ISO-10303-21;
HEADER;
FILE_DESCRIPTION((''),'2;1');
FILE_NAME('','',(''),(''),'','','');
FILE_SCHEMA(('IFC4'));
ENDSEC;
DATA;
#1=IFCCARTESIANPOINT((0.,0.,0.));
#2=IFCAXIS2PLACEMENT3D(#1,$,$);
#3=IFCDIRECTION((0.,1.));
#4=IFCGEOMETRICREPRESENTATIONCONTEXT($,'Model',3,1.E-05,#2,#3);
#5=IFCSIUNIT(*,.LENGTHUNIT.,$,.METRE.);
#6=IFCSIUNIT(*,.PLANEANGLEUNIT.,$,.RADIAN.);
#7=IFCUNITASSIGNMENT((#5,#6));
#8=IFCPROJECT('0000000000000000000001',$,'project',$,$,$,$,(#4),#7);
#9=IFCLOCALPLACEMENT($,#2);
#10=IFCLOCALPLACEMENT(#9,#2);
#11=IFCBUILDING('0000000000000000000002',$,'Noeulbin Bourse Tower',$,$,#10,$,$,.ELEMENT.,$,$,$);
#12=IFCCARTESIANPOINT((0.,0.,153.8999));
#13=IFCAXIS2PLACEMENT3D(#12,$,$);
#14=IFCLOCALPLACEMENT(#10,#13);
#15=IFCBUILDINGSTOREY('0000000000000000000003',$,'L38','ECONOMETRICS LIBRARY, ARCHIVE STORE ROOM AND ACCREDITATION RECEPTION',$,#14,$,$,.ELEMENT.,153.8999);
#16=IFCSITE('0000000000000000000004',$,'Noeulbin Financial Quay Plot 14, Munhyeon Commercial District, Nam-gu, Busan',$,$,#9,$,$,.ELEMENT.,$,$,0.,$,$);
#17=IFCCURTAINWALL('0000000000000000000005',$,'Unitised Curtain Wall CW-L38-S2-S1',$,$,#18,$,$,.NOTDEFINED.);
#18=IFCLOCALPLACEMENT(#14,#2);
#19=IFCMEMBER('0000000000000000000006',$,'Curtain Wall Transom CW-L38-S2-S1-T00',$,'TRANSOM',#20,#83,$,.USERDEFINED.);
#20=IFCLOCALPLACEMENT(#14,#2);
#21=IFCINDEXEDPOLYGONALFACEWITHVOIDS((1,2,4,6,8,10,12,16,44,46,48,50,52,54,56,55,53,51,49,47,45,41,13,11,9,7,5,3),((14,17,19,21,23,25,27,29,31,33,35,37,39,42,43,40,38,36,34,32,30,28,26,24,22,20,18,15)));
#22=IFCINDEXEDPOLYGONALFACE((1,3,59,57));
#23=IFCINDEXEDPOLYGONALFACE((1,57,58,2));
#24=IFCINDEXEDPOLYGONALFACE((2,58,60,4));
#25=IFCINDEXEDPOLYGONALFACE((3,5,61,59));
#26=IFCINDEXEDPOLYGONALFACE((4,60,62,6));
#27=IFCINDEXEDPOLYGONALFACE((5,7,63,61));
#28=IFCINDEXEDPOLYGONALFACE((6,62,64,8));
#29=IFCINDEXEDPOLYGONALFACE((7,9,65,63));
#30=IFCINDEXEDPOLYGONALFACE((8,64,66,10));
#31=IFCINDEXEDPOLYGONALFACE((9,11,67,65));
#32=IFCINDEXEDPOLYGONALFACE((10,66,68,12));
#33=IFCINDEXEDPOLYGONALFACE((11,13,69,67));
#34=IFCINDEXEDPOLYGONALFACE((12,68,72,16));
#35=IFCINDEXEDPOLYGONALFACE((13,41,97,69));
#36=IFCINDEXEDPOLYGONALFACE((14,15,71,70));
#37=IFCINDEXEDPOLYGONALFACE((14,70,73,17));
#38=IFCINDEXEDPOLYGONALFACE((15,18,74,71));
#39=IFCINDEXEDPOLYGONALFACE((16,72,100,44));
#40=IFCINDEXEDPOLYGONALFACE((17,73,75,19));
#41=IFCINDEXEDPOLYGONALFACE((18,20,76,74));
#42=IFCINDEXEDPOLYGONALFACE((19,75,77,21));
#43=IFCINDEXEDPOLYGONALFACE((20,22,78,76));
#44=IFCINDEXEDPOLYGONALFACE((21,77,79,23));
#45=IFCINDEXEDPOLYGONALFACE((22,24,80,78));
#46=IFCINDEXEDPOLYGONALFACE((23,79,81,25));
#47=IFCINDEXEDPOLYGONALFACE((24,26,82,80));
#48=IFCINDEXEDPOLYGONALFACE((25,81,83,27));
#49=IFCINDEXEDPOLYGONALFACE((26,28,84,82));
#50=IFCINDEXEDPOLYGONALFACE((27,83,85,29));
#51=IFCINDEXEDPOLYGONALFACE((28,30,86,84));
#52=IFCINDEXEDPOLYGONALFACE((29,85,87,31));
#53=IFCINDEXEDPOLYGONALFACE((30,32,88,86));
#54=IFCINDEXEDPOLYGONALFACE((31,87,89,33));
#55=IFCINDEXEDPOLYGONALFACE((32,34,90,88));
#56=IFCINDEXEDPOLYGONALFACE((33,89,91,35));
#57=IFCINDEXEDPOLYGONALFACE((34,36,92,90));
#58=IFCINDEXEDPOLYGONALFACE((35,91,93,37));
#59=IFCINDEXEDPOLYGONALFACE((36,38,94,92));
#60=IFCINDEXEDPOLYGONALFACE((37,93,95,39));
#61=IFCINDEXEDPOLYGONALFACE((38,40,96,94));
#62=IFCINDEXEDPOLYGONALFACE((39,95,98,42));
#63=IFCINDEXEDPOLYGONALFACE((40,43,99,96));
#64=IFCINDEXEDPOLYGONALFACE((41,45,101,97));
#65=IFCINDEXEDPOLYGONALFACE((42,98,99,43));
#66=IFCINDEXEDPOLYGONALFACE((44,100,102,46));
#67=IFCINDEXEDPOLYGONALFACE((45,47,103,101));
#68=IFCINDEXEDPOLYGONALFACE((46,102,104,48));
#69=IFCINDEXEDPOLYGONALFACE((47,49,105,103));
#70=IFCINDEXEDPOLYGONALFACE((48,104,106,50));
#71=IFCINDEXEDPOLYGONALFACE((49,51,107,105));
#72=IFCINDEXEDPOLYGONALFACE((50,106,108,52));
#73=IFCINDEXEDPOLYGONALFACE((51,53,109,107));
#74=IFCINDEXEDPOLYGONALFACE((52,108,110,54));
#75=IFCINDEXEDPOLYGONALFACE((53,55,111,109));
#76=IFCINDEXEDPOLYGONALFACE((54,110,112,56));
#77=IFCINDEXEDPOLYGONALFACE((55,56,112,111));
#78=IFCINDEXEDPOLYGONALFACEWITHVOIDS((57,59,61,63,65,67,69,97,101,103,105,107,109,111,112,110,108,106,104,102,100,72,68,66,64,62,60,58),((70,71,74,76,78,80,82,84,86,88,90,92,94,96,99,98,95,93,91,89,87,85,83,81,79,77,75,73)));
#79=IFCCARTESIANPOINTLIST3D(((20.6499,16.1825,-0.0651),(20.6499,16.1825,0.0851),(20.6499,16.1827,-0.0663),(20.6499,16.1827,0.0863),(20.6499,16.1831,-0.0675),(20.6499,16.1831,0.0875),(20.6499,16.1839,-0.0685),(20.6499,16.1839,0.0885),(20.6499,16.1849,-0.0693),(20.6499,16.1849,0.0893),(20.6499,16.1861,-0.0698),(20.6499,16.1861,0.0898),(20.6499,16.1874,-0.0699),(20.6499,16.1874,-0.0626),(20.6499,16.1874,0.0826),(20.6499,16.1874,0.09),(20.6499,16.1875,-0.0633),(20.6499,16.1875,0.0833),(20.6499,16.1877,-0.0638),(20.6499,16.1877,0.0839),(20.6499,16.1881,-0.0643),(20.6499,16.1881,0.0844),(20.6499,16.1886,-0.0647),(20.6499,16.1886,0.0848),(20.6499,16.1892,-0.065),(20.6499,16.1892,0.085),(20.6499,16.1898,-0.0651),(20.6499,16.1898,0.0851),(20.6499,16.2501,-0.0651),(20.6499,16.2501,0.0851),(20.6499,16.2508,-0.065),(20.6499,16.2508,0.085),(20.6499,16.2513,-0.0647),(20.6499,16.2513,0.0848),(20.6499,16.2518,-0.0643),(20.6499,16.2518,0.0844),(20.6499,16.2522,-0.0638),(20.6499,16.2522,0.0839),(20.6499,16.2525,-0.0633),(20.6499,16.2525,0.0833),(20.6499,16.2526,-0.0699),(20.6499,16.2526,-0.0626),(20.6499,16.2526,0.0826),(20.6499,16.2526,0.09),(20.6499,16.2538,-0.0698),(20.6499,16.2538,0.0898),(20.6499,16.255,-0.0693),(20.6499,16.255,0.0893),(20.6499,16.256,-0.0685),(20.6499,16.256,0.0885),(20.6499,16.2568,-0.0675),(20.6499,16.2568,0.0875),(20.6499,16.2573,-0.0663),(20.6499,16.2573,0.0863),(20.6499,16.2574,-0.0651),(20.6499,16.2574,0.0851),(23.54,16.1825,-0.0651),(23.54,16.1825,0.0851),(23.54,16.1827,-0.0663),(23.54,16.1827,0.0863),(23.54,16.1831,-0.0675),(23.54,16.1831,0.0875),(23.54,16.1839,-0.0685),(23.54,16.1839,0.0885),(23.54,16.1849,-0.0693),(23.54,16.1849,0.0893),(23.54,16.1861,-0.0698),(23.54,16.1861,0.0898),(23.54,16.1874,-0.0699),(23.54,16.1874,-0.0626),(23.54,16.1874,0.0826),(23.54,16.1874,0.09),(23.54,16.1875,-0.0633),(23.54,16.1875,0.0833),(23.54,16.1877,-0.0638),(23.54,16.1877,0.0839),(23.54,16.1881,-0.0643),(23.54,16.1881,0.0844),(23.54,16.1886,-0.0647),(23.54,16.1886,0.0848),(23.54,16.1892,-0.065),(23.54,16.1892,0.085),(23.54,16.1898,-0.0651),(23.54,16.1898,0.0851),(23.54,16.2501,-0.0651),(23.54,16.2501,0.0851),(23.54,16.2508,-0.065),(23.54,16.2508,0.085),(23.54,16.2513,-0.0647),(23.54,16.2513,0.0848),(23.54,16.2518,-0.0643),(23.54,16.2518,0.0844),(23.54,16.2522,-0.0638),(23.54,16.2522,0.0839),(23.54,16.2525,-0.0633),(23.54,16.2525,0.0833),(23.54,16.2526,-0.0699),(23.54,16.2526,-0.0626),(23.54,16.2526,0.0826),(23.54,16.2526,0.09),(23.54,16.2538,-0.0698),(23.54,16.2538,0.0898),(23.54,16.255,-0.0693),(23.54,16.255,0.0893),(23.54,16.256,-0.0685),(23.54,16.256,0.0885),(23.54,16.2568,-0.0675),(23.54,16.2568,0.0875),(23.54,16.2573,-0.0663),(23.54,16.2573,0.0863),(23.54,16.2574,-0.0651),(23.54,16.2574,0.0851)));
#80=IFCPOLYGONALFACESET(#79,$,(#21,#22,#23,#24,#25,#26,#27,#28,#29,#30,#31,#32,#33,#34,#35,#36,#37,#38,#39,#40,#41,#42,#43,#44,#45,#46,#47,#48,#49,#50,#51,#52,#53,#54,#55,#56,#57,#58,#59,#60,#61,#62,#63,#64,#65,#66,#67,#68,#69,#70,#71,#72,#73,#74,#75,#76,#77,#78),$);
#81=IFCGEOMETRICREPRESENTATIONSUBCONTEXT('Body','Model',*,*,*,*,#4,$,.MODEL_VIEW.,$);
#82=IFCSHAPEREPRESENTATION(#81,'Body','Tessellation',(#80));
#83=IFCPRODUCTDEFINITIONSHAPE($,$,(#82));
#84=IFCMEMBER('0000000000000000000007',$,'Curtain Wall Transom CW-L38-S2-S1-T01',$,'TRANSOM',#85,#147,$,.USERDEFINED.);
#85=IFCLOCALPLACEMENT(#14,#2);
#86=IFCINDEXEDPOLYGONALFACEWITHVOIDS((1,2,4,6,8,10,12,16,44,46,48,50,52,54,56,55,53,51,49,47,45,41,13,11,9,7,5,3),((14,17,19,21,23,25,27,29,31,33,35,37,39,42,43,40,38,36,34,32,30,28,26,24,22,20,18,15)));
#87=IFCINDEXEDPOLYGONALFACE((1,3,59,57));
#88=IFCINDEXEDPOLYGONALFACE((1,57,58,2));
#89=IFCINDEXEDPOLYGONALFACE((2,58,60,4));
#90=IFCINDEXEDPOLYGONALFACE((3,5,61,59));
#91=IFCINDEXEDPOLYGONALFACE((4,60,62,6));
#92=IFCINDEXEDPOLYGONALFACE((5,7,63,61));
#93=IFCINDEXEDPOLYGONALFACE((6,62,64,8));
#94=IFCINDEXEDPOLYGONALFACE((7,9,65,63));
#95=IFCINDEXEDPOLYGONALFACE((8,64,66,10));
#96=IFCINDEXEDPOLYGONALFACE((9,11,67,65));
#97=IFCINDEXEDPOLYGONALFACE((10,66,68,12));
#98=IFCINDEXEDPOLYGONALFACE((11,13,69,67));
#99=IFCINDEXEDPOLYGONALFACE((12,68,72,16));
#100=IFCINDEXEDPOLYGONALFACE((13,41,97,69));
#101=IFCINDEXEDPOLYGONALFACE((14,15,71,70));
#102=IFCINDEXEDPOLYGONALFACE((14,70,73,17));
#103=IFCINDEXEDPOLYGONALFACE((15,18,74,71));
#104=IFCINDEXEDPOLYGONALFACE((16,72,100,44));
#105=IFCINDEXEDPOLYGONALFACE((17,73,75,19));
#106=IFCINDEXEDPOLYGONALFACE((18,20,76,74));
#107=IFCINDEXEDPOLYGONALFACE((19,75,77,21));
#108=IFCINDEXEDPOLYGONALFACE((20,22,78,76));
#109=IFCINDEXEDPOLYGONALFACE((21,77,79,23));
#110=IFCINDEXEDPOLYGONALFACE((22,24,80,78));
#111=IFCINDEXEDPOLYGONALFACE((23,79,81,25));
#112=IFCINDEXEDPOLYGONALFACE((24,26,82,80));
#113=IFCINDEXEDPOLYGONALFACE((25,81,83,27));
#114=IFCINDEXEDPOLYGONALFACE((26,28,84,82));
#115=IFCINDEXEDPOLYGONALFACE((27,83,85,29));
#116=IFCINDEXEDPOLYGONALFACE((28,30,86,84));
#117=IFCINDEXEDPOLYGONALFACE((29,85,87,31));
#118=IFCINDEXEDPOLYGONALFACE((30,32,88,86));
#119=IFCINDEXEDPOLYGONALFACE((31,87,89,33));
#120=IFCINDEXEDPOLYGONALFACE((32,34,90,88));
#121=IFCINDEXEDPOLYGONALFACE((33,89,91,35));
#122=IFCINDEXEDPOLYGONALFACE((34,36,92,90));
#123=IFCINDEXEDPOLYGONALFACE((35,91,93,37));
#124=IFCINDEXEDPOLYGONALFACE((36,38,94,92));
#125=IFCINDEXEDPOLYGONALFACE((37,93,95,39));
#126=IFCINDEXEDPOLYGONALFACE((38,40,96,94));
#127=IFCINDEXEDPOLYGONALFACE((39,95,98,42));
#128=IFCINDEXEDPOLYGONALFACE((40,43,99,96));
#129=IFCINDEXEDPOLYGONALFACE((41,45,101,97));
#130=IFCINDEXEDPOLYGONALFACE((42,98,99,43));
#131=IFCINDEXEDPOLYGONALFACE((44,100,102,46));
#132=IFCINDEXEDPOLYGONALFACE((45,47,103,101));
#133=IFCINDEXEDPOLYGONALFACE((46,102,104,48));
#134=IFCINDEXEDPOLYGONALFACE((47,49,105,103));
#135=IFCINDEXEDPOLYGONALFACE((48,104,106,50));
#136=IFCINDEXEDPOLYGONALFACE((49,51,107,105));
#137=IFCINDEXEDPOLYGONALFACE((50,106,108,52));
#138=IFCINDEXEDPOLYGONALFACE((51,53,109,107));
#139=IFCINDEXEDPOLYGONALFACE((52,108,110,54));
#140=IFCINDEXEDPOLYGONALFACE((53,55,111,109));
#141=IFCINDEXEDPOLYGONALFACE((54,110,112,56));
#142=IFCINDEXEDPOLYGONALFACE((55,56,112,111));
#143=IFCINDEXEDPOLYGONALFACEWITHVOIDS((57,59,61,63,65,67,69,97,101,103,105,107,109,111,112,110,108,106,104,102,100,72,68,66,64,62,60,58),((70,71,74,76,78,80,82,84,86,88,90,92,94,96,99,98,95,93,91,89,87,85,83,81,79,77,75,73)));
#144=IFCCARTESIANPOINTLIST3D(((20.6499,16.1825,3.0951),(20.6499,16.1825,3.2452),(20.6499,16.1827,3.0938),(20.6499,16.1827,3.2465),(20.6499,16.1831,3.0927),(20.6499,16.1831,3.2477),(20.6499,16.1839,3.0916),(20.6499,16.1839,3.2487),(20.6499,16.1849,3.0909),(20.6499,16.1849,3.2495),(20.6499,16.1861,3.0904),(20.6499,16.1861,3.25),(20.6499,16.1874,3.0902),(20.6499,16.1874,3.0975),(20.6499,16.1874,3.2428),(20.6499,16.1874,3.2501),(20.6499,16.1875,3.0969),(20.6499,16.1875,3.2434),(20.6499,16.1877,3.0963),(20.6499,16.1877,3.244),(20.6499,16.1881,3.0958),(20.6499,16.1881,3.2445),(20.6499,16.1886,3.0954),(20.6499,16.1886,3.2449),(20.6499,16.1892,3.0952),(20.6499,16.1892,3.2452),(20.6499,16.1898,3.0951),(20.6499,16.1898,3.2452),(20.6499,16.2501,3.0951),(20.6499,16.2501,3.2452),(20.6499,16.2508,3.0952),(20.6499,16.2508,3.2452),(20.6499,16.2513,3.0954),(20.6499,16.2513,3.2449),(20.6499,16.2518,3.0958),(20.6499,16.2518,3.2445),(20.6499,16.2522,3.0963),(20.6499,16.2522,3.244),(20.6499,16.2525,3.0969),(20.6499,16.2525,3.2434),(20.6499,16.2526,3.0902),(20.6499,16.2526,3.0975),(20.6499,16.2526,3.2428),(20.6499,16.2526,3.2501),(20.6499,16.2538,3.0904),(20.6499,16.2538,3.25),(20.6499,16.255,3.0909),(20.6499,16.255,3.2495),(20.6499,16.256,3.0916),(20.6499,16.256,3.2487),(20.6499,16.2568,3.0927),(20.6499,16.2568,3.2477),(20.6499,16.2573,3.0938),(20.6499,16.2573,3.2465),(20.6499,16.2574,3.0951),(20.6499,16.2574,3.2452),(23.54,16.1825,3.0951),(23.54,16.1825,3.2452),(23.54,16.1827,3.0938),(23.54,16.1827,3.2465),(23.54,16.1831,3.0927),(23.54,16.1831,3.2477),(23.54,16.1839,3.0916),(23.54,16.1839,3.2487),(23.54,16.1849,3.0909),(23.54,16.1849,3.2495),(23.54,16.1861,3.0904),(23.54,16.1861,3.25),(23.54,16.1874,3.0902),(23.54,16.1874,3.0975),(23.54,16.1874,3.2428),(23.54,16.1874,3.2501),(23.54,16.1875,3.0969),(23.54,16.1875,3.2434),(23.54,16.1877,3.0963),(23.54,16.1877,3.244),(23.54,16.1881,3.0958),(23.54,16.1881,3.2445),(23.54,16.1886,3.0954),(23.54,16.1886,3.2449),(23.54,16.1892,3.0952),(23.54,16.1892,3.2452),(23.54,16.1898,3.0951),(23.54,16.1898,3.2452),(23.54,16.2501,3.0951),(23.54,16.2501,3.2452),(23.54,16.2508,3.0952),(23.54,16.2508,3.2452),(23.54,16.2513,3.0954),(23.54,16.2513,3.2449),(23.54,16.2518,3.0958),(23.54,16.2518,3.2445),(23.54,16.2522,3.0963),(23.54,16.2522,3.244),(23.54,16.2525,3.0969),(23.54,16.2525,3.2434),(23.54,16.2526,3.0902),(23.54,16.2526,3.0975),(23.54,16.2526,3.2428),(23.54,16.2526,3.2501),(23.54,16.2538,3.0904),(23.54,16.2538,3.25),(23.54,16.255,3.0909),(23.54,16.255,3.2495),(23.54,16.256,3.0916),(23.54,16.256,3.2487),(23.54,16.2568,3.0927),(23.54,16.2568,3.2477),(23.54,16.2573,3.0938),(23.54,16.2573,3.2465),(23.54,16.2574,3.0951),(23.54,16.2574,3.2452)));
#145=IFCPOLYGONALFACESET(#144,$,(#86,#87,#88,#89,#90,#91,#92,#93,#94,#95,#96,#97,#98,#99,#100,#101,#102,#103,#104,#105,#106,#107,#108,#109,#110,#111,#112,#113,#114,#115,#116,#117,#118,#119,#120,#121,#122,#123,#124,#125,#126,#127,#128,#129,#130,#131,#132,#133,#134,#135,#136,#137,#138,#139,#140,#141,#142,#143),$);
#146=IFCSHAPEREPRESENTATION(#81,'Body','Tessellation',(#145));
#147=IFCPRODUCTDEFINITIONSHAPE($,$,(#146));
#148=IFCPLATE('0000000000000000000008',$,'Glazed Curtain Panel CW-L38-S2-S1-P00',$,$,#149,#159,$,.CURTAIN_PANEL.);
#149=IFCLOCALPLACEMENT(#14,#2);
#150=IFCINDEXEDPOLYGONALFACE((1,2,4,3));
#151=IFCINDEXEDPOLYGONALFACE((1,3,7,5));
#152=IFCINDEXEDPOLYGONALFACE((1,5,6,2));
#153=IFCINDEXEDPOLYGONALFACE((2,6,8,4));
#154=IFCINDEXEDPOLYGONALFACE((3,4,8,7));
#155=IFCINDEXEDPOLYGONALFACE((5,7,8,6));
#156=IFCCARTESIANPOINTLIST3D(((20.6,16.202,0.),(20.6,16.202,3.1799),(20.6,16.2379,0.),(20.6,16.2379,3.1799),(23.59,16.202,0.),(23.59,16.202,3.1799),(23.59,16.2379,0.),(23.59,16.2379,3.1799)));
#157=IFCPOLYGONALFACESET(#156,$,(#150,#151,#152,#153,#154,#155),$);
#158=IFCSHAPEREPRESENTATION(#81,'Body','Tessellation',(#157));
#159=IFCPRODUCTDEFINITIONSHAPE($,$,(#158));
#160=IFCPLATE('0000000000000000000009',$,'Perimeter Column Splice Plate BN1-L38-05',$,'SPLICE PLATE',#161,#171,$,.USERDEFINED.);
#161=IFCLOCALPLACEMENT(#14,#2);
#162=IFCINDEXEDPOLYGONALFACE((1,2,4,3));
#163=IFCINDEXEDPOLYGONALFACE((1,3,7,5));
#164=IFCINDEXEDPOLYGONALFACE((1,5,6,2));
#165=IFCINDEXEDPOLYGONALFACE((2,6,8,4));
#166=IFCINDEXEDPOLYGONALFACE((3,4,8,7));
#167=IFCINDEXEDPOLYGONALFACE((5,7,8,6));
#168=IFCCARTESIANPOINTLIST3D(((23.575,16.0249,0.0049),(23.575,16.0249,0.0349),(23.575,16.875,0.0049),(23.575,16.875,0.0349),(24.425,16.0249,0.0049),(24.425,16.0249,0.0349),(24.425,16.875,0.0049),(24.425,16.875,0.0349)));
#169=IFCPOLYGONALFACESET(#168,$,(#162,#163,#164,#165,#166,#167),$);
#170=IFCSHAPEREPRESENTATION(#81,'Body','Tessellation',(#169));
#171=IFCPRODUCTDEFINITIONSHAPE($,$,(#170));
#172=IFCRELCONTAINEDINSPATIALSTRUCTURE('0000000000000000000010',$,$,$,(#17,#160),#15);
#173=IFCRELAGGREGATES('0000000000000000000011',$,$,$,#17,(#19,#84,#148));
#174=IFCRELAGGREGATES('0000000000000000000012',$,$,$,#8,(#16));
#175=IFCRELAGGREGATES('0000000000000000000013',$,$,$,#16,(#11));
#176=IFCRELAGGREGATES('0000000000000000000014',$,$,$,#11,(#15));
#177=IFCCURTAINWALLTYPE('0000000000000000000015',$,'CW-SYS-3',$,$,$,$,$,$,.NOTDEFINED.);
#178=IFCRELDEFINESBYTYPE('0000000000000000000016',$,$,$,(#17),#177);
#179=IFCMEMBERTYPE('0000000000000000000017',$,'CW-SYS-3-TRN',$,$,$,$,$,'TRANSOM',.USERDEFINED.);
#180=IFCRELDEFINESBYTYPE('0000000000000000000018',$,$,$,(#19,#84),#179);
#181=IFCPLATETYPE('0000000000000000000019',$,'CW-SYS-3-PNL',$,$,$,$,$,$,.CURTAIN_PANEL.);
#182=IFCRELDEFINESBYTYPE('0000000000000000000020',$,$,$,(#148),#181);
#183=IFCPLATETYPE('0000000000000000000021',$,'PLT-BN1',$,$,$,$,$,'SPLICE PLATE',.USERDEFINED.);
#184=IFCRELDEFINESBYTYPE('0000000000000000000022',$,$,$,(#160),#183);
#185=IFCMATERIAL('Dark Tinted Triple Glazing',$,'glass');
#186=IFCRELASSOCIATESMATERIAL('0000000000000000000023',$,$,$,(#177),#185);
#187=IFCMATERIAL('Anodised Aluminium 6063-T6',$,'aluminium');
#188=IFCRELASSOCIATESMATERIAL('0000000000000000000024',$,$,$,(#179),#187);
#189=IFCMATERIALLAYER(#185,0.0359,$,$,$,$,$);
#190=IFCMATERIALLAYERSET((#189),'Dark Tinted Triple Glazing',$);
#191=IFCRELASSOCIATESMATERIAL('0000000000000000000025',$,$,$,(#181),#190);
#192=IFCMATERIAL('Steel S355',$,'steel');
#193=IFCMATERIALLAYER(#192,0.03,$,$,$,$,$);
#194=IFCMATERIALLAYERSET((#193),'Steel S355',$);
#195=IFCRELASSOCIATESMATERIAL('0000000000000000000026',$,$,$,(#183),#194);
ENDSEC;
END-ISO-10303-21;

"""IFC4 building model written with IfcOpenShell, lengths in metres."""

from ifc_helpers import new_model, si_unit, direction, frame, origin, origin_2d, place, context, subcontext, project, spatial, rectangle, hollow_rectangle, extrude, material, layer, layer_set, material_profile, profile_set, type_object, element, aggregate, save


model = new_model("IFC4")

# Units and contexts
model_context = context("Model", 3, precision=1e-05, world=origin(), true_north=direction((0.0, 1.0)))
body_context = subcontext(model_context, "Body", "Model", "MODEL_VIEW")
ifc_project = project(units=[si_unit("LENGTHUNIT", "METRE"), si_unit("PLANEANGLEUNIT", "RADIAN")], contexts=[model_context])

# Site, building, storey
site_placement = place(None, origin())
site = spatial("IfcSite", under=ifc_project, at=site_placement, Name="Noeulbin Financial Quay Plot 14, Munhyeon Commercial District, Nam-gu, Busan", CompositionType="ELEMENT", RefElevation=0.0)
building_placement = place(site_placement, origin())
building = spatial("IfcBuilding", under=site, at=building_placement, Name="Noeulbin Bourse Tower", CompositionType="ELEMENT")
storey_placement = place(building_placement, frame((0.0, 0.0, 153.8999)))
storey = spatial("IfcBuildingStorey", under=building, at=storey_placement, Name="L38", Description="ECONOMETRICS LIBRARY, ARCHIVE STORE ROOM AND ACCREDITATION RECEPTION", CompositionType="ELEMENT", Elevation=153.8999)

# Shared definitions
ifc_material_1 = material(Name="Steel S355", Category="steel")

# Curtain wall, members, plate
ifc_material_2 = material(Name="Dark Tinted Triple Glazing", Category="glass")
curtain_wall_type = type_object("IfcCurtainWallType", Name="CW-SYS-3", PredefinedType="NOTDEFINED", material=ifc_material_2)
curtain_wall_placement = place(storey_placement, origin())
curtain_wall = element("IfcCurtainWall", 1, at=curtain_wall_placement, inside=storey, type_object=curtain_wall_type, Name="Unitised Curtain Wall CW-L38-S2-S1", PredefinedType="NOTDEFINED")
ifc_material_3 = material(Name="Anodised Aluminium 6063-T6", Category="aluminium")
ifc_material_profile_1 = material_profile(ifc_material_3, hollow_rectangle(XDim=0.075, YDim=0.1599, WallThickness=0.0049, InnerFilletRadius=0.0024, OuterFilletRadius=0.0049, at=origin_2d()), Name="ALU-TRAN-75x160x5", Category="LoadBearing")
ifc_profile_set_1 = profile_set([ifc_material_profile_1], Name="Anodised Aluminium 6063-T6")
member_type_1 = type_object("IfcMemberType", Name="CW-SYS-3-TRN", ElementType="TRANSOM", PredefinedType="USERDEFINED", material=ifc_profile_set_1)
member_1_placement = place(storey_placement, frame((20.6499, 16.22, 0.01), z_axis=(1.0, 0.0, 0.0), x_axis=(0.0, 1.0, 0.0)))
member_1 = element("IfcMember", 2, at=member_1_placement, type_object=member_type_1, Name="Curtain Wall Transom CW-L38-S2-S1-T00", ObjectType="TRANSOM", PredefinedType="USERDEFINED", context=body_context, shape_type="SweptSolid", body=[
    extrude(hollow_rectangle(XDim=0.075, YDim=0.1599, WallThickness=0.0049, InnerFilletRadius=0.0024, OuterFilletRadius=0.0049, at=origin_2d()), origin(), (0.0, 0.0, 1.0), 2.8901),
])
member_2_placement = place(storey_placement, frame((20.6499, 16.22, 3.1702), z_axis=(1.0, 0.0, 0.0), x_axis=(0.0, 1.0, 0.0)))
member_2 = element("IfcMember", 3, at=member_2_placement, type_object=member_type_1, Name="Curtain Wall Transom CW-L38-S2-S1-T01", ObjectType="TRANSOM", PredefinedType="USERDEFINED", context=body_context, shape_type="SweptSolid", body=[
    extrude(hollow_rectangle(XDim=0.075, YDim=0.1599, WallThickness=0.0049, InnerFilletRadius=0.0024, OuterFilletRadius=0.0049, at=origin_2d()), origin(), (0.0, 0.0, 1.0), 2.8901),
])
ifc_layer_1 = layer(ifc_material_2, 0.0359)
ifc_layer_set_1 = layer_set([ifc_layer_1], Name="Dark Tinted Triple Glazing")
plate_type_1 = type_object("IfcPlateType", Name="CW-SYS-3-PNL", PredefinedType="CURTAIN_PANEL", material=ifc_layer_set_1)
plate_1_placement = place(storey_placement, frame((22.095, 16.22, 0.0), z_axis=(0.0, 0.0, 1.0), x_axis=(1.0, 0.0, 0.0)))
plate_1 = element("IfcPlate", 4, at=plate_1_placement, type_object=plate_type_1, Name="Glazed Curtain Panel CW-L38-S2-S1-P00", PredefinedType="CURTAIN_PANEL", context=body_context, shape_type="SweptSolid", body=[
    extrude(rectangle(XDim=2.99, YDim=0.0359, at=origin_2d()), origin(), (0.0, 0.0, 1.0), 3.1799),
])
aggregate(curtain_wall, [member_1, member_2, plate_1])

# Plate
ifc_layer_2 = layer(ifc_material_1, 0.03)
ifc_layer_set_2 = layer_set([ifc_layer_2], Name="Steel S355")
plate_type_2 = type_object("IfcPlateType", Name="PLT-BN1", ElementType="SPLICE PLATE", PredefinedType="USERDEFINED", material=ifc_layer_set_2)
plate_2_placement = place(storey_placement, frame((24.0, 16.45, 0.0049), z_axis=(0.0, 0.0, 1.0), x_axis=(1.0, 0.0, 0.0)))
element("IfcPlate", 5, at=plate_2_placement, inside=storey, type_object=plate_type_2, Name="Perimeter Column Splice Plate BN1-L38-05", ObjectType="SPLICE PLATE", PredefinedType="USERDEFINED", context=body_context, shape_type="SweptSolid", body=[
    extrude(rectangle(XDim=0.8501, YDim=0.8501, at=origin_2d()), origin(), (0.0, 0.0, 1.0), 0.03),
])

save(model, "model.ifc")
